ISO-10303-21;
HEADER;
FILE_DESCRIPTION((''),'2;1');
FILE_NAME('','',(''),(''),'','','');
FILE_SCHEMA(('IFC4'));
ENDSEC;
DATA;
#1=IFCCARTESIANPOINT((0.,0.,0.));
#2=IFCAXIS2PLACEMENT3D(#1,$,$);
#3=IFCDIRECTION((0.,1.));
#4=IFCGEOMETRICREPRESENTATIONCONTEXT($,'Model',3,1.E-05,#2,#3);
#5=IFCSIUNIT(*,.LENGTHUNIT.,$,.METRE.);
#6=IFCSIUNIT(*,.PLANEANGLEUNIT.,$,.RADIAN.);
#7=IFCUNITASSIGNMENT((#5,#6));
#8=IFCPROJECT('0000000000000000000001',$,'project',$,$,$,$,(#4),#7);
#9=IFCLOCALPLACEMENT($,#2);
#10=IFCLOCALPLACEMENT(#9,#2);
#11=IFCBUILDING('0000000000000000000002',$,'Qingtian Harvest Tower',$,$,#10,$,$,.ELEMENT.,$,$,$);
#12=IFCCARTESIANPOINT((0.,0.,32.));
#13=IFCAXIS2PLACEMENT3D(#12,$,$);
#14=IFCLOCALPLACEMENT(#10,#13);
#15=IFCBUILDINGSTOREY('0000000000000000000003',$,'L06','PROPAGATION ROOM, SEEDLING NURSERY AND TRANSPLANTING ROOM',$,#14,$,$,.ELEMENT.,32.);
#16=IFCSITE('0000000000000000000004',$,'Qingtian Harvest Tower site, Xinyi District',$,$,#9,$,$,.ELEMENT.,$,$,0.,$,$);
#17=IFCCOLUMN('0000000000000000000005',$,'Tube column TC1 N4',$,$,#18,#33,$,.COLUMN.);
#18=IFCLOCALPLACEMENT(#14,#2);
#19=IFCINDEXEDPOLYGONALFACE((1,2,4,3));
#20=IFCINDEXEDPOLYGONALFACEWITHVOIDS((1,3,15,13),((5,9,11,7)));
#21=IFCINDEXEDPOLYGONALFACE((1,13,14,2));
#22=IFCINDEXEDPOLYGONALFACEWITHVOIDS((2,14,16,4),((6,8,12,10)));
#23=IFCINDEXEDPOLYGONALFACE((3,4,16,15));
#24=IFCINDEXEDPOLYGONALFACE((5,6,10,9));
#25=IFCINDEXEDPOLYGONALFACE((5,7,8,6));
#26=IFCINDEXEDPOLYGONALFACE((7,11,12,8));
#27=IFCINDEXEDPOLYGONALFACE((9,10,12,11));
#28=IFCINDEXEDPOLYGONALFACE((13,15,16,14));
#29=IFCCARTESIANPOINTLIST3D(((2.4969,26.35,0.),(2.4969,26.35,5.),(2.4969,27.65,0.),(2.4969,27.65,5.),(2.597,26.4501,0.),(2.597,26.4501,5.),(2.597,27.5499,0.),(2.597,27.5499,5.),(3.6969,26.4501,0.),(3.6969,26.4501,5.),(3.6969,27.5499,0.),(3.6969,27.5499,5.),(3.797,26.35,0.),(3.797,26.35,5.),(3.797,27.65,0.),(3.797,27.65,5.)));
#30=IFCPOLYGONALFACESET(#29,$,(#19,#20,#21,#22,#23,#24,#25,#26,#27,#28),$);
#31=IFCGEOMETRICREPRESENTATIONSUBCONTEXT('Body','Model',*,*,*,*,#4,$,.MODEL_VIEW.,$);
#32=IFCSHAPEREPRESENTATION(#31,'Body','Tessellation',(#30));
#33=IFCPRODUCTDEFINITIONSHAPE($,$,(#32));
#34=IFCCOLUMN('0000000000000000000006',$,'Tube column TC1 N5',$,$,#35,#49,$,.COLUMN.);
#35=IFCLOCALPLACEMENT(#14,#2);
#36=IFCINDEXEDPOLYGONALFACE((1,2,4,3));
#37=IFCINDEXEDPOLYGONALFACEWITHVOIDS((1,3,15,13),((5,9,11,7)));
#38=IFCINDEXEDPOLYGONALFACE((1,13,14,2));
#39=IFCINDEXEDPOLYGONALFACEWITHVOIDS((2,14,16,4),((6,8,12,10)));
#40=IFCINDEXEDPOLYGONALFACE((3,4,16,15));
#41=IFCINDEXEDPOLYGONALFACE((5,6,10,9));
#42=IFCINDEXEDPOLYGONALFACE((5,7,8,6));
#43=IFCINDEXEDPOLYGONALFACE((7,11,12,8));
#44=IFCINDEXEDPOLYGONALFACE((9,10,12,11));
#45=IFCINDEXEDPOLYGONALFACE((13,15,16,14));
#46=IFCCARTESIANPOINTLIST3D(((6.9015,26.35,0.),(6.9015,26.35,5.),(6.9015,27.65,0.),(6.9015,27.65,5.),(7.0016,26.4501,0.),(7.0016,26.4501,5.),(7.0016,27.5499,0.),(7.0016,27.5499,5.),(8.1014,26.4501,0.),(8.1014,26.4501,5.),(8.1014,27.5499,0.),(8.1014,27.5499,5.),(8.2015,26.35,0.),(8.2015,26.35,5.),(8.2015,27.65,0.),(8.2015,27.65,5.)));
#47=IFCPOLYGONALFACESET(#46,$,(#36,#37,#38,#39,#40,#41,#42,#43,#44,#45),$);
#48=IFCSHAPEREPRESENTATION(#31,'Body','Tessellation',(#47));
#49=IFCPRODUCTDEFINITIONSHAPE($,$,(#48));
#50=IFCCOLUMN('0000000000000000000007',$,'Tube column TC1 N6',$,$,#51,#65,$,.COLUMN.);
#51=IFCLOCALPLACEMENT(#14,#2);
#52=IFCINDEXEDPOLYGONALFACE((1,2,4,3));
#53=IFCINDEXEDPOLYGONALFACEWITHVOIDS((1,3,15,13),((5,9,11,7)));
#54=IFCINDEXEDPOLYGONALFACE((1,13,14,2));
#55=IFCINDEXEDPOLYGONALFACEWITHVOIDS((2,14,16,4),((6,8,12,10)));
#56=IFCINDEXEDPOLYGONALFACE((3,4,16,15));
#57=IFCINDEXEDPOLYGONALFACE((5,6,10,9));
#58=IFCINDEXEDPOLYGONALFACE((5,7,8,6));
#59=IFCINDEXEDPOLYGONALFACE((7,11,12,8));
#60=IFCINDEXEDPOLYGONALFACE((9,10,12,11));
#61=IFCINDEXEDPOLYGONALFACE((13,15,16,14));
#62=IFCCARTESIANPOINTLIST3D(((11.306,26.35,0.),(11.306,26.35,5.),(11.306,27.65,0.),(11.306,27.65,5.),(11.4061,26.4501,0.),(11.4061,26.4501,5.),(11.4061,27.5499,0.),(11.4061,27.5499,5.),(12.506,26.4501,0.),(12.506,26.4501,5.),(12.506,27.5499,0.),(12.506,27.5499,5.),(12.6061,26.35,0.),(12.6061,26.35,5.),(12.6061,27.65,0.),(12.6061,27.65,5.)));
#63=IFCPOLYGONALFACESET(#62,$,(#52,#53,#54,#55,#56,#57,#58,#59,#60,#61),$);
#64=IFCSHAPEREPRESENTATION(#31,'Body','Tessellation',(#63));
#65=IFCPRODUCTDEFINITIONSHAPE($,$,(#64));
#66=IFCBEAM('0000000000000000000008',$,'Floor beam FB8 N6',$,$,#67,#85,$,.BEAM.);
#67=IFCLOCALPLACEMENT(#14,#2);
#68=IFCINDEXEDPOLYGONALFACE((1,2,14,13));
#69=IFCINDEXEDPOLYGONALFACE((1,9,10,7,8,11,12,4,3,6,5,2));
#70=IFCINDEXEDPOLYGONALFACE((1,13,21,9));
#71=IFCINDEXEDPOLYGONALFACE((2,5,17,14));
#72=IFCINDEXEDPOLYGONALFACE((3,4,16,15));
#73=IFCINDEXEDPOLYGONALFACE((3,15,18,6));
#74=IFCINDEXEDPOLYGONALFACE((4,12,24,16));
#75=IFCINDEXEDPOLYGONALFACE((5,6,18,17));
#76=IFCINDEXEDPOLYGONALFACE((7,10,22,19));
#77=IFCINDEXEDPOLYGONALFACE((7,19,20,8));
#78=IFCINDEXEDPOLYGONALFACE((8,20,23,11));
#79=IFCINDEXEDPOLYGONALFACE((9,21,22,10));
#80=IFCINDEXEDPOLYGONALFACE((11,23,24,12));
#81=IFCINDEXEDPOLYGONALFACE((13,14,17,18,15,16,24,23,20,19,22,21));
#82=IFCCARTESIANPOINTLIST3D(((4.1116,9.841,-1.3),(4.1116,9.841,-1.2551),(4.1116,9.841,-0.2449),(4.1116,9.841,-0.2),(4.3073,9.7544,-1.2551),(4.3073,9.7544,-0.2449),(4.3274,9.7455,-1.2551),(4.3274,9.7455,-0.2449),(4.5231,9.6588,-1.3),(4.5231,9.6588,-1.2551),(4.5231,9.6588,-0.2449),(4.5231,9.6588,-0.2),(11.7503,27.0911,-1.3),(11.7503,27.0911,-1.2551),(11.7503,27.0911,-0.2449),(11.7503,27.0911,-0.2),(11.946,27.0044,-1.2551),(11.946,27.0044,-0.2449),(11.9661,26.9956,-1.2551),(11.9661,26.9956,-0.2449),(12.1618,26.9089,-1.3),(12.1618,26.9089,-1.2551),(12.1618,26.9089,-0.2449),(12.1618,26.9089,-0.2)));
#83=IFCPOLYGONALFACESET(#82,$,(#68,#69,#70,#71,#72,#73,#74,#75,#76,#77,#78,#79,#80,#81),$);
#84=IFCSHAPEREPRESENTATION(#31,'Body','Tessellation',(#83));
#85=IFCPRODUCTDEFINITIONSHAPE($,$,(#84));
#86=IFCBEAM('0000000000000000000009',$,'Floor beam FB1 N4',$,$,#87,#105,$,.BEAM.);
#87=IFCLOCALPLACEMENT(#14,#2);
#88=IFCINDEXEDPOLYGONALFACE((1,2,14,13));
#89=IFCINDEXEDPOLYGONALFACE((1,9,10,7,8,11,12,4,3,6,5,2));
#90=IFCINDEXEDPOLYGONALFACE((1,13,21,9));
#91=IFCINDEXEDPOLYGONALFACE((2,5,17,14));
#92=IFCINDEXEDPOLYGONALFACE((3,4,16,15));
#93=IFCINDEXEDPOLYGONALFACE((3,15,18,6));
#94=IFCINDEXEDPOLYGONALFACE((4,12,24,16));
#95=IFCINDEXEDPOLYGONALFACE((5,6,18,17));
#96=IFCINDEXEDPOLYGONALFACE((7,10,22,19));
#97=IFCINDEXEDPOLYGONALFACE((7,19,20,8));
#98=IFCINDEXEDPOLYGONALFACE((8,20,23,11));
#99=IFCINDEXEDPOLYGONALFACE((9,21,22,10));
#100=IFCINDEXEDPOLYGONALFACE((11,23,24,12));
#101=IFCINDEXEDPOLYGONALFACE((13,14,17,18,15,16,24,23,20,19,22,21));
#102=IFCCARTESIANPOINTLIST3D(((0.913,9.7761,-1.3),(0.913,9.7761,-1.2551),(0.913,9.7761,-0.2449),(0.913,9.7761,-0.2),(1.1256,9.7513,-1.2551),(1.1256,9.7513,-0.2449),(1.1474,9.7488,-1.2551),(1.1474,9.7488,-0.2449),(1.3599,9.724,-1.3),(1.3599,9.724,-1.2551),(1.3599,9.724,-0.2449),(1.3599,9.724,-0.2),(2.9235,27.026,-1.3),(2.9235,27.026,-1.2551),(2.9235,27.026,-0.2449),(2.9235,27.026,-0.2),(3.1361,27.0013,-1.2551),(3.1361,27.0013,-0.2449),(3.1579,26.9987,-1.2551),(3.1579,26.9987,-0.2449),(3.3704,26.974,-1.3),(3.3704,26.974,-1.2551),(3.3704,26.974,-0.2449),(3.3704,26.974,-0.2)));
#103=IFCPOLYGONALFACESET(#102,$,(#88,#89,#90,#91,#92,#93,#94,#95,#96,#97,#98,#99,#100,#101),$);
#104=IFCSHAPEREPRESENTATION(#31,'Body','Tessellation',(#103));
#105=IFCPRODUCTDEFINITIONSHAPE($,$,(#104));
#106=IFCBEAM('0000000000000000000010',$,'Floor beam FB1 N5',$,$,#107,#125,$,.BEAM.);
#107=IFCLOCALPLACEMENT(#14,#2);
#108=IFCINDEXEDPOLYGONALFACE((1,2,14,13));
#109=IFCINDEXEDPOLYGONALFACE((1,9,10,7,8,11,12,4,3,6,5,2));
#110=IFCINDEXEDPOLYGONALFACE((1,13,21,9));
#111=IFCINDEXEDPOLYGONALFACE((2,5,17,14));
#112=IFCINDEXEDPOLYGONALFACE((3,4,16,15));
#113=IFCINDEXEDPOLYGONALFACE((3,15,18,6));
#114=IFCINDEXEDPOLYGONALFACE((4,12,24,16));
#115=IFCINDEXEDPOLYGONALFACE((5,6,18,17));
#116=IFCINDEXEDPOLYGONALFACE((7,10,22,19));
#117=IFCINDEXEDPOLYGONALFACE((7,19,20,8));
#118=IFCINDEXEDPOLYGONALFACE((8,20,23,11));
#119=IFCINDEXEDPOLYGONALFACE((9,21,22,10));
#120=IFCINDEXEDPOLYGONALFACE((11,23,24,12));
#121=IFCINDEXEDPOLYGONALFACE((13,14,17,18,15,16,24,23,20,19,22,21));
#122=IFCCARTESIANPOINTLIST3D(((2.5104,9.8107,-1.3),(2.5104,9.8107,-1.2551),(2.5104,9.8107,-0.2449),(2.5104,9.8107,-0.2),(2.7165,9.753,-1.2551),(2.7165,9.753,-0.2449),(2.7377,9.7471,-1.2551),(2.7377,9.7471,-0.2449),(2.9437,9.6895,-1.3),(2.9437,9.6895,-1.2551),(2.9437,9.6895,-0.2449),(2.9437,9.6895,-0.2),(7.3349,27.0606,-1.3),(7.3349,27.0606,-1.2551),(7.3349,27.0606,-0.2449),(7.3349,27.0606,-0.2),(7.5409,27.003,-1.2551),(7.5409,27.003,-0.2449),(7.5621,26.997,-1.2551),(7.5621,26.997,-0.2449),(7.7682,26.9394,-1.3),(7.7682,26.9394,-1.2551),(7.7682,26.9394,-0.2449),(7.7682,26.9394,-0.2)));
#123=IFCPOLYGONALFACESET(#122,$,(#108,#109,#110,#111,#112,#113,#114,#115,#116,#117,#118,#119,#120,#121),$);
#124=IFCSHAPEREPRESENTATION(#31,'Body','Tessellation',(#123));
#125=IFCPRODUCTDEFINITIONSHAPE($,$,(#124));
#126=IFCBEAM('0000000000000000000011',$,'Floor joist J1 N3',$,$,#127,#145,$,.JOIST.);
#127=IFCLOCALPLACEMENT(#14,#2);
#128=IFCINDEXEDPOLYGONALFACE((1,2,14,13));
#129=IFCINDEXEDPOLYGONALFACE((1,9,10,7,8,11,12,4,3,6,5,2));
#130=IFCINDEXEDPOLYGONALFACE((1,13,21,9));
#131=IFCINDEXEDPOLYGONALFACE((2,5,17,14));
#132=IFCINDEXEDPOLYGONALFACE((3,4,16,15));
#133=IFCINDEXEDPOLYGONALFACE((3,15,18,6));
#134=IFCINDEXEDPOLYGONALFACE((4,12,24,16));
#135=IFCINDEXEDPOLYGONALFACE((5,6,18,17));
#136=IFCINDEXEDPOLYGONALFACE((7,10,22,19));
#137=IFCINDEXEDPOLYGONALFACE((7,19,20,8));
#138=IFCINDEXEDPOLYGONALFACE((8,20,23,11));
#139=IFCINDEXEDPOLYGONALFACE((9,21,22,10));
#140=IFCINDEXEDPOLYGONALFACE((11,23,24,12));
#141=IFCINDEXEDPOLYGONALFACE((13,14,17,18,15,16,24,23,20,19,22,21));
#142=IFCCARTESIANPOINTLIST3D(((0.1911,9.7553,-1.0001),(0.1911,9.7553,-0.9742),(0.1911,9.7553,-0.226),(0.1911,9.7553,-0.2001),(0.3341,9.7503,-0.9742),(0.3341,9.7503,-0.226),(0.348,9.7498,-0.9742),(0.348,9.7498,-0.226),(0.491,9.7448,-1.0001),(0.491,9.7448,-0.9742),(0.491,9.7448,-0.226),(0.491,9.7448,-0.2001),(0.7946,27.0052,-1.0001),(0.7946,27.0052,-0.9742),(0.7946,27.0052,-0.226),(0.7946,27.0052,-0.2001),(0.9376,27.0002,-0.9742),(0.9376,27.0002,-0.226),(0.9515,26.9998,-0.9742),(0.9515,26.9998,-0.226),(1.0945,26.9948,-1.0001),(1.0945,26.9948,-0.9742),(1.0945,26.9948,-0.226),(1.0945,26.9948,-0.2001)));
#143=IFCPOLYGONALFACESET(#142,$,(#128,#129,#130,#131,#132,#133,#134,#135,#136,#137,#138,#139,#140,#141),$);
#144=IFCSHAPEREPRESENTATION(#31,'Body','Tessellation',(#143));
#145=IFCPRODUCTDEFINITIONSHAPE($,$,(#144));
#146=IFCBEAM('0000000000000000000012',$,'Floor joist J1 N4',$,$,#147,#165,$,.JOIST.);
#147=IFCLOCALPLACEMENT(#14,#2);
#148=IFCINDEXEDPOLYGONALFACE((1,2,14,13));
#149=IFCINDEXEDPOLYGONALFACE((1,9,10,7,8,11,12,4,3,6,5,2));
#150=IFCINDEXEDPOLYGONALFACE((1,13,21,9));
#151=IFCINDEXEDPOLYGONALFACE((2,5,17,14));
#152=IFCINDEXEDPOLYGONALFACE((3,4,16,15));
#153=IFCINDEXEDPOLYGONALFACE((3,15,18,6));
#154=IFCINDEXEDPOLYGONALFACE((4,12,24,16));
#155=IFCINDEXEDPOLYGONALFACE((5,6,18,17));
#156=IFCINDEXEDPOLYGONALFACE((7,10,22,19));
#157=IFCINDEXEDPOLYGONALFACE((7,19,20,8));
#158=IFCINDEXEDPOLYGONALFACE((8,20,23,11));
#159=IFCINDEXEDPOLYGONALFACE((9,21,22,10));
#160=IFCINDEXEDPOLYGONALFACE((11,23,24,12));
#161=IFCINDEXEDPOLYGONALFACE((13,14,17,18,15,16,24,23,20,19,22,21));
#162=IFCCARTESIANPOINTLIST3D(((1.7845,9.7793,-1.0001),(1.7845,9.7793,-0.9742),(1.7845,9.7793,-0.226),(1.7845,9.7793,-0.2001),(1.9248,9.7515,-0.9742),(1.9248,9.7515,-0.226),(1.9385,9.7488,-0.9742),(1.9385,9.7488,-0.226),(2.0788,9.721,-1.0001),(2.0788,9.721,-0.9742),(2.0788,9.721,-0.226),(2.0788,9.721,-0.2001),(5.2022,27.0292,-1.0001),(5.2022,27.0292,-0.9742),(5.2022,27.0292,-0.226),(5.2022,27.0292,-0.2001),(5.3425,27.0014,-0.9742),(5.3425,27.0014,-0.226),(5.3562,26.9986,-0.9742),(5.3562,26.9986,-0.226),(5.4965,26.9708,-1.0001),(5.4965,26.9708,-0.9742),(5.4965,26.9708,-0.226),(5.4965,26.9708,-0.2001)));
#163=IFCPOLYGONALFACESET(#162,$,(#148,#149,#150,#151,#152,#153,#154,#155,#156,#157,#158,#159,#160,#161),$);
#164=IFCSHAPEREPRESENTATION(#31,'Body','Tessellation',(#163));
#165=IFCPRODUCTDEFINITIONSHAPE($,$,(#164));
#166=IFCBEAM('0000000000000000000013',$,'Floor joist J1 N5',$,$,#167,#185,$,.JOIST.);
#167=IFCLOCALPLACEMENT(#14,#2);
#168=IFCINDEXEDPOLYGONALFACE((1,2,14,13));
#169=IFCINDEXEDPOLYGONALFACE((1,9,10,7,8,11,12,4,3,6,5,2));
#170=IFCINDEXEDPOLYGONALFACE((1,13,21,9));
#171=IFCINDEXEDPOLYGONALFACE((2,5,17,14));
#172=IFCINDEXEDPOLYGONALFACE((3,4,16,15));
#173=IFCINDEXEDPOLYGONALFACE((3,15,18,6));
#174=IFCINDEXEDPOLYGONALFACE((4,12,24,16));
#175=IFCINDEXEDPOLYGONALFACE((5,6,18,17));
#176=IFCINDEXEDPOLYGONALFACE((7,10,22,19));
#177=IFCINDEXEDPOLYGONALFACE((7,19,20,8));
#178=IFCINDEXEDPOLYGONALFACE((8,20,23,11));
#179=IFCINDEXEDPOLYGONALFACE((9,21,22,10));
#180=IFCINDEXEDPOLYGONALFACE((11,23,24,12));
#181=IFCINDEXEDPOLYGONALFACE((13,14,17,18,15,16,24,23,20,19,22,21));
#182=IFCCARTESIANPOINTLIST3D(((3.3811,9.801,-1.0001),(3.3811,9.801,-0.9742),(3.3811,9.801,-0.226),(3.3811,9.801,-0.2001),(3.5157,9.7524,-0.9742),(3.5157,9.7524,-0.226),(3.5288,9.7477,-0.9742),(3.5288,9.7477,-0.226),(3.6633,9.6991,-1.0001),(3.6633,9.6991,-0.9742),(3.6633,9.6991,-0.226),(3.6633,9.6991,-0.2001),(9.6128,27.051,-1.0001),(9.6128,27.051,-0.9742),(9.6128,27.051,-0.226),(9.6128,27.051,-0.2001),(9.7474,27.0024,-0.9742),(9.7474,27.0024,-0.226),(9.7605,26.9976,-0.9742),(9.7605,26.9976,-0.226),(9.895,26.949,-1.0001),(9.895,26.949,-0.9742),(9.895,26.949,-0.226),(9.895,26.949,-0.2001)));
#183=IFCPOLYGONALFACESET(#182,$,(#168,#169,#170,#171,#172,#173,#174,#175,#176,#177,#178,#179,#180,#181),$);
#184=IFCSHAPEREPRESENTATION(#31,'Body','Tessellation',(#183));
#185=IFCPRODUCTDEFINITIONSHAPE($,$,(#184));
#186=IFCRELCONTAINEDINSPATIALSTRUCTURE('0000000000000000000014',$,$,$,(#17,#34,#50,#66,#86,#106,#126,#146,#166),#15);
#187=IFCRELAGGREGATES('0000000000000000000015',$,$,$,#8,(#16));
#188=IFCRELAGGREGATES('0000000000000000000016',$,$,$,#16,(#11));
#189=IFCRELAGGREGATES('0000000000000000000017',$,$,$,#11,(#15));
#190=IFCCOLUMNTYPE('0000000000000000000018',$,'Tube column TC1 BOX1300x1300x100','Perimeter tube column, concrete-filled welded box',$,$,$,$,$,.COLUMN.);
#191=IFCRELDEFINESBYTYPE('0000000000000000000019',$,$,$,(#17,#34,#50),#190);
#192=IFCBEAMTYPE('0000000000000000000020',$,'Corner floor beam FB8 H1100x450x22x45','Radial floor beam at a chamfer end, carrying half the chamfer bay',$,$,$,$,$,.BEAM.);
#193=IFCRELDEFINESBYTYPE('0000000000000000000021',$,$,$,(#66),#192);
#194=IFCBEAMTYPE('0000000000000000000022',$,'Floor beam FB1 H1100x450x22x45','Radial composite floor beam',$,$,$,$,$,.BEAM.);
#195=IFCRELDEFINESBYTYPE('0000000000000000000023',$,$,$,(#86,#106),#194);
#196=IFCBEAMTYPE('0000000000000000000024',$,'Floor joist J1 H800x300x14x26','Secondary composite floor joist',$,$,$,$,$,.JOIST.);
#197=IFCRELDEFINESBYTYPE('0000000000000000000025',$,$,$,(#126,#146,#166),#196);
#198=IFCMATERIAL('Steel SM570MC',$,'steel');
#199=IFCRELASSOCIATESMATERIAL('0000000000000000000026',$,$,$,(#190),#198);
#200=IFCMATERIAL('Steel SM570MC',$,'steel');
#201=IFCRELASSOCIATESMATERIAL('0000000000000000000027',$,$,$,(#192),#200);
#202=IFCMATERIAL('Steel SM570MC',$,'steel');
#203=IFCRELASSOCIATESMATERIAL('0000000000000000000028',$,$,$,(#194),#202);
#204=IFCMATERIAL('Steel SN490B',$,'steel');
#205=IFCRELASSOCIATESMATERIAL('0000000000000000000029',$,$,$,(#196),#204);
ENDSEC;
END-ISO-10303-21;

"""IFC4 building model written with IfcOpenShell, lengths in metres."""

from ifc_helpers import new_model, si_unit, direction, frame, origin, origin_2d, place, context, subcontext, project, spatial, hollow_rectangle, i_section, extrude, material, material_profile, profile_set, type_object, element, save


model = new_model("IFC4")

# Units and contexts
model_context = context("Model", 3, precision=1e-05, world=origin(), true_north=direction((0.0, 1.0)))
body_context = subcontext(model_context, "Body", "Model", "MODEL_VIEW")
ifc_project = project(units=[si_unit("LENGTHUNIT", "METRE"), si_unit("PLANEANGLEUNIT", "RADIAN")], contexts=[model_context])

# Site, building, storey
site_placement = place(None, origin())
site = spatial("IfcSite", under=ifc_project, at=site_placement, Name="Qingtian Harvest Tower site, Xinyi District", CompositionType="ELEMENT", RefElevation=0.0)
building_placement = place(site_placement, origin())
building = spatial("IfcBuilding", under=site, at=building_placement, Name="Qingtian Harvest Tower", CompositionType="ELEMENT")
storey_placement = place(building_placement, frame((0.0, 0.0, 32.0)))
storey = spatial("IfcBuildingStorey", under=building, at=storey_placement, Name="L06", Description="PROPAGATION ROOM, SEEDLING NURSERY AND TRANSPLANTING ROOM", CompositionType="ELEMENT", Elevation=32.0)

# Columns
ifc_material_1 = material(Name="Steel SM570MC", Category="steel")
ifc_material_profile_1 = material_profile(ifc_material_1, hollow_rectangle(XDim=1.3, YDim=1.3, WallThickness=0.1001, at=origin_2d()), Name="BOX1300x1300x100")
ifc_profile_set_1 = profile_set([ifc_material_profile_1], Name="Steel SM570MC")
column_type = type_object("IfcColumnType", Name="Tube column TC1 BOX1300x1300x100", Description="Perimeter tube column, concrete-filled welded box", PredefinedType="COLUMN", material=ifc_profile_set_1)
for number, where, z_axis, x_axis, name in (
    (1, (3.147, 27.0, 0.0), (0.0, 0.0, 1.0), (-1.0, 0.0, 0.0), "Tube column TC1 N4"),
    (2, (7.5515, 27.0, 0.0), (0.0, 0.0, 1.0), (-1.0, 0.0, 0.0), "Tube column TC1 N5"),
    (3, (11.9561, 27.0, 0.0), (0.0, 0.0, 1.0), (-1.0, 0.0, 0.0), "Tube column TC1 N6"),
):
    element("IfcColumn", number, at=place(storey_placement, frame(where, z_axis=z_axis, x_axis=x_axis)), inside=storey, type_object=column_type, Name=name, PredefinedType="COLUMN", context=body_context, shape_type="SweptSolid", body=[
        extrude(hollow_rectangle(XDim=1.3, YDim=1.3, WallThickness=0.1001, at=origin_2d()), origin(), (0.0, 0.0, 1.0), 5.0),
    ])

# Beams
ifc_material_2 = material(Name="Steel SM570MC", Category="steel")
ifc_material_profile_2 = material_profile(ifc_material_2, i_section(OverallWidth=0.45, OverallDepth=1.1001, WebThickness=0.022, FlangeThickness=0.0449, at=origin_2d()), Name="H1100x450x22x45")
ifc_profile_set_2 = profile_set([ifc_material_profile_2], Name="Steel SM570MC")
beam_type_1 = type_object("IfcBeamType", Name="Corner floor beam FB8 H1100x450x22x45", Description="Radial floor beam at a chamfer end, carrying half the chamfer bay", PredefinedType="BEAM", material=ifc_profile_set_2)
beam_1_placement = place(storey_placement, frame((11.9561, 27.0, -0.75), z_axis=(-0.404899, -0.914361, 0.0), x_axis=(0.914361, -0.404899, 0.0)))
element("IfcBeam", 4, at=beam_1_placement, inside=storey, type_object=beam_type_1, Name="Floor beam FB8 N6", PredefinedType="BEAM", context=body_context, shape_type="SweptSolid", body=[
    extrude(i_section(OverallWidth=0.45, OverallDepth=1.1001, WebThickness=0.022, FlangeThickness=0.0449, at=origin_2d()), origin(), (0.0, 0.0, 1.0), 18.8657),
])
ifc_material_3 = material(Name="Steel SM570MC", Category="steel")
ifc_material_profile_3 = material_profile(ifc_material_3, i_section(OverallWidth=0.45, OverallDepth=1.1001, WebThickness=0.022, FlangeThickness=0.0449, at=origin_2d()), Name="H1100x450x22x45")
ifc_profile_set_3 = profile_set([ifc_material_profile_3], Name="Steel SM570MC")
beam_type_2 = type_object("IfcBeamType", Name="Floor beam FB1 H1100x450x22x45", Description="Radial composite floor beam", PredefinedType="BEAM", material=ifc_profile_set_3)
beam_2_placement = place(storey_placement, frame((3.147, 27.0, -0.75), z_axis=(-0.115767, -0.993276, 0.0), x_axis=(0.993276, -0.115767, 0.0)))
element("IfcBeam", 5, at=beam_2_placement, inside=storey, type_object=beam_type_2, Name="Floor beam FB1 N4", PredefinedType="BEAM", context=body_context, shape_type="SweptSolid", body=[
    extrude(i_section(OverallWidth=0.45, OverallDepth=1.1001, WebThickness=0.022, FlangeThickness=0.0449, at=origin_2d()), origin(), (0.0, 0.0, 1.0), 17.3667),
])
beam_3_placement = place(storey_placement, frame((7.5515, 27.0, -0.75), z_axis=(-0.269343, -0.963044, 0.0), x_axis=(0.963044, -0.269343, 0.0)))
element("IfcBeam", 6, at=beam_3_placement, inside=storey, type_object=beam_type_2, Name="Floor beam FB1 N5", PredefinedType="BEAM", context=body_context, shape_type="SweptSolid", body=[
    extrude(i_section(OverallWidth=0.45, OverallDepth=1.1001, WebThickness=0.022, FlangeThickness=0.0449, at=origin_2d()), origin(), (0.0, 0.0, 1.0), 17.9119),
])
ifc_material_4 = material(Name="Steel SN490B", Category="steel")
ifc_material_profile_4 = material_profile(ifc_material_4, i_section(OverallWidth=0.3, OverallDepth=0.8, WebThickness=0.0139, FlangeThickness=0.0259, at=origin_2d()), Name="H800x300x14x26")
ifc_profile_set_4 = profile_set([ifc_material_profile_4], Name="Steel SN490B")
beam_type_3 = type_object("IfcBeamType", Name="Floor joist J1 H800x300x14x26", Description="Secondary composite floor joist", PredefinedType="JOIST", material=ifc_profile_set_4)
beam_4_placement = place(storey_placement, frame((0.9446, 27.0, -0.6001), z_axis=(-0.034965, -0.999389, 0.0), x_axis=(0.999389, -0.034965, 0.0)))
element("IfcBeam", 7, at=beam_4_placement, inside=storey, type_object=beam_type_3, Name="Floor joist J1 N3", PredefinedType="JOIST", context=body_context, shape_type="SweptSolid", body=[
    extrude(i_section(OverallWidth=0.3, OverallDepth=0.8, WebThickness=0.0139, FlangeThickness=0.0259, at=origin_2d()), origin(), (0.0, 0.0, 1.0), 17.2605),
])
beam_5_placement = place(storey_placement, frame((5.3494, 27.0, -0.6001), z_axis=(-0.194351, -0.980932, 0.0), x_axis=(0.980932, -0.194351, 0.0)))
element("IfcBeam", 8, at=beam_5_placement, inside=storey, type_object=beam_type_3, Name="Floor joist J1 N4", PredefinedType="JOIST", context=body_context, shape_type="SweptSolid", body=[
    extrude(i_section(OverallWidth=0.3, OverallDepth=0.8, WebThickness=0.0139, FlangeThickness=0.0259, at=origin_2d()), origin(), (0.0, 0.0, 1.0), 17.5852),
])
beam_6_placement = place(storey_placement, frame((9.7539, 27.0, -0.6001), z_axis=(-0.339766, -0.94051, 0.0), x_axis=(0.94051, -0.339766, 0.0)))
element("IfcBeam", 9, at=beam_6_placement, inside=storey, type_object=beam_type_3, Name="Floor joist J1 N5", PredefinedType="JOIST", context=body_context, shape_type="SweptSolid", body=[
    extrude(i_section(OverallWidth=0.3, OverallDepth=0.8, WebThickness=0.0139, FlangeThickness=0.0259, at=origin_2d()), origin(), (0.0, 0.0, 1.0), 18.3411),
])

save(model, "model.ifc")
